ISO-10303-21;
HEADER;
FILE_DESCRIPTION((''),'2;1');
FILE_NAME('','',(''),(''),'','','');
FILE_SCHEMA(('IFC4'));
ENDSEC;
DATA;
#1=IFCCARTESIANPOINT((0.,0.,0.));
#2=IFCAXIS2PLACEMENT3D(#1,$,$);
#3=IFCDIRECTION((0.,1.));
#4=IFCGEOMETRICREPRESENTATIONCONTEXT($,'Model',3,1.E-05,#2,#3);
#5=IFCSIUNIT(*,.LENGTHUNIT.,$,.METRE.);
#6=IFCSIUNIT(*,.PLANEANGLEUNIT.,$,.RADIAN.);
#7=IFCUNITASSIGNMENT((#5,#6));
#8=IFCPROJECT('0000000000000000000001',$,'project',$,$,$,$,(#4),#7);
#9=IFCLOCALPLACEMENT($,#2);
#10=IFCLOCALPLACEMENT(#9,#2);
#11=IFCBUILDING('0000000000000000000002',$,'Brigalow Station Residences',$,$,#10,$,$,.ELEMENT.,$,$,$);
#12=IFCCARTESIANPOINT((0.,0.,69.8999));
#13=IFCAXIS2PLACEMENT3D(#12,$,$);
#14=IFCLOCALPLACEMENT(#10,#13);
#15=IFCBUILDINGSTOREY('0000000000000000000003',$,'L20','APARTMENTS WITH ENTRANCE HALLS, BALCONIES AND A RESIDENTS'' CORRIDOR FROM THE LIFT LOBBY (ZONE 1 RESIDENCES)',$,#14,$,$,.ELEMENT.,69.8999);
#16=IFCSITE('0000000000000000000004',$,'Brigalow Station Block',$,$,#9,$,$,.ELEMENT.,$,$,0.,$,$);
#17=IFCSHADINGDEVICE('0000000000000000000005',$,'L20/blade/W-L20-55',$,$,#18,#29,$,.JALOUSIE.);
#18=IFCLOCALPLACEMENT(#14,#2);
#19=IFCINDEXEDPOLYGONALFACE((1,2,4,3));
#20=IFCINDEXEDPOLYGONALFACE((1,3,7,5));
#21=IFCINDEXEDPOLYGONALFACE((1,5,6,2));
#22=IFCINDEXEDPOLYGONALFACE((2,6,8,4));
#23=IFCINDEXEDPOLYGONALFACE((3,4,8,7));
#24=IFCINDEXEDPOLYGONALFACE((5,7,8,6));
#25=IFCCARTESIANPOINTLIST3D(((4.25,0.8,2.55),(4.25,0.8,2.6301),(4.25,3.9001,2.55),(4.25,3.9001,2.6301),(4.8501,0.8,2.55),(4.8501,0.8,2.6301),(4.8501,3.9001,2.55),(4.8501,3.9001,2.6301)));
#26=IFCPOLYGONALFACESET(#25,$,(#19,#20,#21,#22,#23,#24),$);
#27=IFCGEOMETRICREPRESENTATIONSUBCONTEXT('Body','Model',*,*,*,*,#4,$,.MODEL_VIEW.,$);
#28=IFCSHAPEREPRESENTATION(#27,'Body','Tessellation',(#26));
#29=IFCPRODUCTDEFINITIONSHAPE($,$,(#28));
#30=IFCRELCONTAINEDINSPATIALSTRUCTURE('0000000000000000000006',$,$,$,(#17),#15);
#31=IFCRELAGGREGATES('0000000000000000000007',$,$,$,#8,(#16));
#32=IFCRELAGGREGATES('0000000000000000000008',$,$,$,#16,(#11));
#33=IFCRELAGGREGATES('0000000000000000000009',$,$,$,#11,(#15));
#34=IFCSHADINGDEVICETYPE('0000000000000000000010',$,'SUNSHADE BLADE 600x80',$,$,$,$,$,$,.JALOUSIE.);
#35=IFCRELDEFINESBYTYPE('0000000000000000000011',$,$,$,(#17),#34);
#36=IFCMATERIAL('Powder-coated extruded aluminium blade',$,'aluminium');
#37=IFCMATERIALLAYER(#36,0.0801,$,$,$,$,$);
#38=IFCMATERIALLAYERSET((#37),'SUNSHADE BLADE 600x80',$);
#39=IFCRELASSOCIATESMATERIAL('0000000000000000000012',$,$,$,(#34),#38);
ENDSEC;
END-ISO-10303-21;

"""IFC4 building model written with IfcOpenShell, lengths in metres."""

from ifc_helpers import new_model, si_unit, direction, frame, origin, origin_2d, place, context, subcontext, project, spatial, rectangle, extrude, material, layer, layer_set, type_object, element, save


model = new_model("IFC4")

# Units and contexts
model_context = context("Model", 3, precision=1e-05, world=origin(), true_north=direction((0.0, 1.0)))
body_context = subcontext(model_context, "Body", "Model", "MODEL_VIEW")
ifc_project = project(units=[si_unit("LENGTHUNIT", "METRE"), si_unit("PLANEANGLEUNIT", "RADIAN")], contexts=[model_context])

# Site, building, storey
site_placement = place(None, origin())
site = spatial("IfcSite", under=ifc_project, at=site_placement, Name="Brigalow Station Block", CompositionType="ELEMENT", RefElevation=0.0)
building_placement = place(site_placement, origin())
building = spatial("IfcBuilding", under=site, at=building_placement, Name="Brigalow Station Residences", CompositionType="ELEMENT")
storey_placement = place(building_placement, frame((0.0, 0.0, 69.8999)))
storey = spatial("IfcBuildingStorey", under=building, at=storey_placement, Name="L20", Description="APARTMENTS WITH ENTRANCE HALLS, BALCONIES AND A RESIDENTS' CORRIDOR FROM THE LIFT LOBBY (ZONE 1 RESIDENCES)", CompositionType="ELEMENT", Elevation=69.8999)

# Shading device
ifc_material_1 = material(Name="Powder-coated extruded aluminium blade", Category="aluminium")
ifc_layer_1 = layer(ifc_material_1, 0.0801)
ifc_layer_set_1 = layer_set([ifc_layer_1], Name="SUNSHADE BLADE 600x80")
shading_device_type = type_object("IfcShadingDeviceType", Name="SUNSHADE BLADE 600x80", PredefinedType="JALOUSIE", material=ifc_layer_set_1)
shading_device_1_placement = place(storey_placement, frame((4.55, 2.3501, 2.55), z_axis=(0.0, 0.0, 1.0), x_axis=(0.0, -1.0, 0.0)))
element("IfcShadingDevice", 1, at=shading_device_1_placement, inside=storey, type_object=shading_device_type, Name="L20/blade/W-L20-55", PredefinedType="JALOUSIE", context=body_context, shape_type="SweptSolid", body=[
    extrude(rectangle(XDim=3.1001, YDim=0.6001, at=origin_2d()), origin(), (0.0, 0.0, 1.0), 0.0801),
])

save(model, "model.ifc")
